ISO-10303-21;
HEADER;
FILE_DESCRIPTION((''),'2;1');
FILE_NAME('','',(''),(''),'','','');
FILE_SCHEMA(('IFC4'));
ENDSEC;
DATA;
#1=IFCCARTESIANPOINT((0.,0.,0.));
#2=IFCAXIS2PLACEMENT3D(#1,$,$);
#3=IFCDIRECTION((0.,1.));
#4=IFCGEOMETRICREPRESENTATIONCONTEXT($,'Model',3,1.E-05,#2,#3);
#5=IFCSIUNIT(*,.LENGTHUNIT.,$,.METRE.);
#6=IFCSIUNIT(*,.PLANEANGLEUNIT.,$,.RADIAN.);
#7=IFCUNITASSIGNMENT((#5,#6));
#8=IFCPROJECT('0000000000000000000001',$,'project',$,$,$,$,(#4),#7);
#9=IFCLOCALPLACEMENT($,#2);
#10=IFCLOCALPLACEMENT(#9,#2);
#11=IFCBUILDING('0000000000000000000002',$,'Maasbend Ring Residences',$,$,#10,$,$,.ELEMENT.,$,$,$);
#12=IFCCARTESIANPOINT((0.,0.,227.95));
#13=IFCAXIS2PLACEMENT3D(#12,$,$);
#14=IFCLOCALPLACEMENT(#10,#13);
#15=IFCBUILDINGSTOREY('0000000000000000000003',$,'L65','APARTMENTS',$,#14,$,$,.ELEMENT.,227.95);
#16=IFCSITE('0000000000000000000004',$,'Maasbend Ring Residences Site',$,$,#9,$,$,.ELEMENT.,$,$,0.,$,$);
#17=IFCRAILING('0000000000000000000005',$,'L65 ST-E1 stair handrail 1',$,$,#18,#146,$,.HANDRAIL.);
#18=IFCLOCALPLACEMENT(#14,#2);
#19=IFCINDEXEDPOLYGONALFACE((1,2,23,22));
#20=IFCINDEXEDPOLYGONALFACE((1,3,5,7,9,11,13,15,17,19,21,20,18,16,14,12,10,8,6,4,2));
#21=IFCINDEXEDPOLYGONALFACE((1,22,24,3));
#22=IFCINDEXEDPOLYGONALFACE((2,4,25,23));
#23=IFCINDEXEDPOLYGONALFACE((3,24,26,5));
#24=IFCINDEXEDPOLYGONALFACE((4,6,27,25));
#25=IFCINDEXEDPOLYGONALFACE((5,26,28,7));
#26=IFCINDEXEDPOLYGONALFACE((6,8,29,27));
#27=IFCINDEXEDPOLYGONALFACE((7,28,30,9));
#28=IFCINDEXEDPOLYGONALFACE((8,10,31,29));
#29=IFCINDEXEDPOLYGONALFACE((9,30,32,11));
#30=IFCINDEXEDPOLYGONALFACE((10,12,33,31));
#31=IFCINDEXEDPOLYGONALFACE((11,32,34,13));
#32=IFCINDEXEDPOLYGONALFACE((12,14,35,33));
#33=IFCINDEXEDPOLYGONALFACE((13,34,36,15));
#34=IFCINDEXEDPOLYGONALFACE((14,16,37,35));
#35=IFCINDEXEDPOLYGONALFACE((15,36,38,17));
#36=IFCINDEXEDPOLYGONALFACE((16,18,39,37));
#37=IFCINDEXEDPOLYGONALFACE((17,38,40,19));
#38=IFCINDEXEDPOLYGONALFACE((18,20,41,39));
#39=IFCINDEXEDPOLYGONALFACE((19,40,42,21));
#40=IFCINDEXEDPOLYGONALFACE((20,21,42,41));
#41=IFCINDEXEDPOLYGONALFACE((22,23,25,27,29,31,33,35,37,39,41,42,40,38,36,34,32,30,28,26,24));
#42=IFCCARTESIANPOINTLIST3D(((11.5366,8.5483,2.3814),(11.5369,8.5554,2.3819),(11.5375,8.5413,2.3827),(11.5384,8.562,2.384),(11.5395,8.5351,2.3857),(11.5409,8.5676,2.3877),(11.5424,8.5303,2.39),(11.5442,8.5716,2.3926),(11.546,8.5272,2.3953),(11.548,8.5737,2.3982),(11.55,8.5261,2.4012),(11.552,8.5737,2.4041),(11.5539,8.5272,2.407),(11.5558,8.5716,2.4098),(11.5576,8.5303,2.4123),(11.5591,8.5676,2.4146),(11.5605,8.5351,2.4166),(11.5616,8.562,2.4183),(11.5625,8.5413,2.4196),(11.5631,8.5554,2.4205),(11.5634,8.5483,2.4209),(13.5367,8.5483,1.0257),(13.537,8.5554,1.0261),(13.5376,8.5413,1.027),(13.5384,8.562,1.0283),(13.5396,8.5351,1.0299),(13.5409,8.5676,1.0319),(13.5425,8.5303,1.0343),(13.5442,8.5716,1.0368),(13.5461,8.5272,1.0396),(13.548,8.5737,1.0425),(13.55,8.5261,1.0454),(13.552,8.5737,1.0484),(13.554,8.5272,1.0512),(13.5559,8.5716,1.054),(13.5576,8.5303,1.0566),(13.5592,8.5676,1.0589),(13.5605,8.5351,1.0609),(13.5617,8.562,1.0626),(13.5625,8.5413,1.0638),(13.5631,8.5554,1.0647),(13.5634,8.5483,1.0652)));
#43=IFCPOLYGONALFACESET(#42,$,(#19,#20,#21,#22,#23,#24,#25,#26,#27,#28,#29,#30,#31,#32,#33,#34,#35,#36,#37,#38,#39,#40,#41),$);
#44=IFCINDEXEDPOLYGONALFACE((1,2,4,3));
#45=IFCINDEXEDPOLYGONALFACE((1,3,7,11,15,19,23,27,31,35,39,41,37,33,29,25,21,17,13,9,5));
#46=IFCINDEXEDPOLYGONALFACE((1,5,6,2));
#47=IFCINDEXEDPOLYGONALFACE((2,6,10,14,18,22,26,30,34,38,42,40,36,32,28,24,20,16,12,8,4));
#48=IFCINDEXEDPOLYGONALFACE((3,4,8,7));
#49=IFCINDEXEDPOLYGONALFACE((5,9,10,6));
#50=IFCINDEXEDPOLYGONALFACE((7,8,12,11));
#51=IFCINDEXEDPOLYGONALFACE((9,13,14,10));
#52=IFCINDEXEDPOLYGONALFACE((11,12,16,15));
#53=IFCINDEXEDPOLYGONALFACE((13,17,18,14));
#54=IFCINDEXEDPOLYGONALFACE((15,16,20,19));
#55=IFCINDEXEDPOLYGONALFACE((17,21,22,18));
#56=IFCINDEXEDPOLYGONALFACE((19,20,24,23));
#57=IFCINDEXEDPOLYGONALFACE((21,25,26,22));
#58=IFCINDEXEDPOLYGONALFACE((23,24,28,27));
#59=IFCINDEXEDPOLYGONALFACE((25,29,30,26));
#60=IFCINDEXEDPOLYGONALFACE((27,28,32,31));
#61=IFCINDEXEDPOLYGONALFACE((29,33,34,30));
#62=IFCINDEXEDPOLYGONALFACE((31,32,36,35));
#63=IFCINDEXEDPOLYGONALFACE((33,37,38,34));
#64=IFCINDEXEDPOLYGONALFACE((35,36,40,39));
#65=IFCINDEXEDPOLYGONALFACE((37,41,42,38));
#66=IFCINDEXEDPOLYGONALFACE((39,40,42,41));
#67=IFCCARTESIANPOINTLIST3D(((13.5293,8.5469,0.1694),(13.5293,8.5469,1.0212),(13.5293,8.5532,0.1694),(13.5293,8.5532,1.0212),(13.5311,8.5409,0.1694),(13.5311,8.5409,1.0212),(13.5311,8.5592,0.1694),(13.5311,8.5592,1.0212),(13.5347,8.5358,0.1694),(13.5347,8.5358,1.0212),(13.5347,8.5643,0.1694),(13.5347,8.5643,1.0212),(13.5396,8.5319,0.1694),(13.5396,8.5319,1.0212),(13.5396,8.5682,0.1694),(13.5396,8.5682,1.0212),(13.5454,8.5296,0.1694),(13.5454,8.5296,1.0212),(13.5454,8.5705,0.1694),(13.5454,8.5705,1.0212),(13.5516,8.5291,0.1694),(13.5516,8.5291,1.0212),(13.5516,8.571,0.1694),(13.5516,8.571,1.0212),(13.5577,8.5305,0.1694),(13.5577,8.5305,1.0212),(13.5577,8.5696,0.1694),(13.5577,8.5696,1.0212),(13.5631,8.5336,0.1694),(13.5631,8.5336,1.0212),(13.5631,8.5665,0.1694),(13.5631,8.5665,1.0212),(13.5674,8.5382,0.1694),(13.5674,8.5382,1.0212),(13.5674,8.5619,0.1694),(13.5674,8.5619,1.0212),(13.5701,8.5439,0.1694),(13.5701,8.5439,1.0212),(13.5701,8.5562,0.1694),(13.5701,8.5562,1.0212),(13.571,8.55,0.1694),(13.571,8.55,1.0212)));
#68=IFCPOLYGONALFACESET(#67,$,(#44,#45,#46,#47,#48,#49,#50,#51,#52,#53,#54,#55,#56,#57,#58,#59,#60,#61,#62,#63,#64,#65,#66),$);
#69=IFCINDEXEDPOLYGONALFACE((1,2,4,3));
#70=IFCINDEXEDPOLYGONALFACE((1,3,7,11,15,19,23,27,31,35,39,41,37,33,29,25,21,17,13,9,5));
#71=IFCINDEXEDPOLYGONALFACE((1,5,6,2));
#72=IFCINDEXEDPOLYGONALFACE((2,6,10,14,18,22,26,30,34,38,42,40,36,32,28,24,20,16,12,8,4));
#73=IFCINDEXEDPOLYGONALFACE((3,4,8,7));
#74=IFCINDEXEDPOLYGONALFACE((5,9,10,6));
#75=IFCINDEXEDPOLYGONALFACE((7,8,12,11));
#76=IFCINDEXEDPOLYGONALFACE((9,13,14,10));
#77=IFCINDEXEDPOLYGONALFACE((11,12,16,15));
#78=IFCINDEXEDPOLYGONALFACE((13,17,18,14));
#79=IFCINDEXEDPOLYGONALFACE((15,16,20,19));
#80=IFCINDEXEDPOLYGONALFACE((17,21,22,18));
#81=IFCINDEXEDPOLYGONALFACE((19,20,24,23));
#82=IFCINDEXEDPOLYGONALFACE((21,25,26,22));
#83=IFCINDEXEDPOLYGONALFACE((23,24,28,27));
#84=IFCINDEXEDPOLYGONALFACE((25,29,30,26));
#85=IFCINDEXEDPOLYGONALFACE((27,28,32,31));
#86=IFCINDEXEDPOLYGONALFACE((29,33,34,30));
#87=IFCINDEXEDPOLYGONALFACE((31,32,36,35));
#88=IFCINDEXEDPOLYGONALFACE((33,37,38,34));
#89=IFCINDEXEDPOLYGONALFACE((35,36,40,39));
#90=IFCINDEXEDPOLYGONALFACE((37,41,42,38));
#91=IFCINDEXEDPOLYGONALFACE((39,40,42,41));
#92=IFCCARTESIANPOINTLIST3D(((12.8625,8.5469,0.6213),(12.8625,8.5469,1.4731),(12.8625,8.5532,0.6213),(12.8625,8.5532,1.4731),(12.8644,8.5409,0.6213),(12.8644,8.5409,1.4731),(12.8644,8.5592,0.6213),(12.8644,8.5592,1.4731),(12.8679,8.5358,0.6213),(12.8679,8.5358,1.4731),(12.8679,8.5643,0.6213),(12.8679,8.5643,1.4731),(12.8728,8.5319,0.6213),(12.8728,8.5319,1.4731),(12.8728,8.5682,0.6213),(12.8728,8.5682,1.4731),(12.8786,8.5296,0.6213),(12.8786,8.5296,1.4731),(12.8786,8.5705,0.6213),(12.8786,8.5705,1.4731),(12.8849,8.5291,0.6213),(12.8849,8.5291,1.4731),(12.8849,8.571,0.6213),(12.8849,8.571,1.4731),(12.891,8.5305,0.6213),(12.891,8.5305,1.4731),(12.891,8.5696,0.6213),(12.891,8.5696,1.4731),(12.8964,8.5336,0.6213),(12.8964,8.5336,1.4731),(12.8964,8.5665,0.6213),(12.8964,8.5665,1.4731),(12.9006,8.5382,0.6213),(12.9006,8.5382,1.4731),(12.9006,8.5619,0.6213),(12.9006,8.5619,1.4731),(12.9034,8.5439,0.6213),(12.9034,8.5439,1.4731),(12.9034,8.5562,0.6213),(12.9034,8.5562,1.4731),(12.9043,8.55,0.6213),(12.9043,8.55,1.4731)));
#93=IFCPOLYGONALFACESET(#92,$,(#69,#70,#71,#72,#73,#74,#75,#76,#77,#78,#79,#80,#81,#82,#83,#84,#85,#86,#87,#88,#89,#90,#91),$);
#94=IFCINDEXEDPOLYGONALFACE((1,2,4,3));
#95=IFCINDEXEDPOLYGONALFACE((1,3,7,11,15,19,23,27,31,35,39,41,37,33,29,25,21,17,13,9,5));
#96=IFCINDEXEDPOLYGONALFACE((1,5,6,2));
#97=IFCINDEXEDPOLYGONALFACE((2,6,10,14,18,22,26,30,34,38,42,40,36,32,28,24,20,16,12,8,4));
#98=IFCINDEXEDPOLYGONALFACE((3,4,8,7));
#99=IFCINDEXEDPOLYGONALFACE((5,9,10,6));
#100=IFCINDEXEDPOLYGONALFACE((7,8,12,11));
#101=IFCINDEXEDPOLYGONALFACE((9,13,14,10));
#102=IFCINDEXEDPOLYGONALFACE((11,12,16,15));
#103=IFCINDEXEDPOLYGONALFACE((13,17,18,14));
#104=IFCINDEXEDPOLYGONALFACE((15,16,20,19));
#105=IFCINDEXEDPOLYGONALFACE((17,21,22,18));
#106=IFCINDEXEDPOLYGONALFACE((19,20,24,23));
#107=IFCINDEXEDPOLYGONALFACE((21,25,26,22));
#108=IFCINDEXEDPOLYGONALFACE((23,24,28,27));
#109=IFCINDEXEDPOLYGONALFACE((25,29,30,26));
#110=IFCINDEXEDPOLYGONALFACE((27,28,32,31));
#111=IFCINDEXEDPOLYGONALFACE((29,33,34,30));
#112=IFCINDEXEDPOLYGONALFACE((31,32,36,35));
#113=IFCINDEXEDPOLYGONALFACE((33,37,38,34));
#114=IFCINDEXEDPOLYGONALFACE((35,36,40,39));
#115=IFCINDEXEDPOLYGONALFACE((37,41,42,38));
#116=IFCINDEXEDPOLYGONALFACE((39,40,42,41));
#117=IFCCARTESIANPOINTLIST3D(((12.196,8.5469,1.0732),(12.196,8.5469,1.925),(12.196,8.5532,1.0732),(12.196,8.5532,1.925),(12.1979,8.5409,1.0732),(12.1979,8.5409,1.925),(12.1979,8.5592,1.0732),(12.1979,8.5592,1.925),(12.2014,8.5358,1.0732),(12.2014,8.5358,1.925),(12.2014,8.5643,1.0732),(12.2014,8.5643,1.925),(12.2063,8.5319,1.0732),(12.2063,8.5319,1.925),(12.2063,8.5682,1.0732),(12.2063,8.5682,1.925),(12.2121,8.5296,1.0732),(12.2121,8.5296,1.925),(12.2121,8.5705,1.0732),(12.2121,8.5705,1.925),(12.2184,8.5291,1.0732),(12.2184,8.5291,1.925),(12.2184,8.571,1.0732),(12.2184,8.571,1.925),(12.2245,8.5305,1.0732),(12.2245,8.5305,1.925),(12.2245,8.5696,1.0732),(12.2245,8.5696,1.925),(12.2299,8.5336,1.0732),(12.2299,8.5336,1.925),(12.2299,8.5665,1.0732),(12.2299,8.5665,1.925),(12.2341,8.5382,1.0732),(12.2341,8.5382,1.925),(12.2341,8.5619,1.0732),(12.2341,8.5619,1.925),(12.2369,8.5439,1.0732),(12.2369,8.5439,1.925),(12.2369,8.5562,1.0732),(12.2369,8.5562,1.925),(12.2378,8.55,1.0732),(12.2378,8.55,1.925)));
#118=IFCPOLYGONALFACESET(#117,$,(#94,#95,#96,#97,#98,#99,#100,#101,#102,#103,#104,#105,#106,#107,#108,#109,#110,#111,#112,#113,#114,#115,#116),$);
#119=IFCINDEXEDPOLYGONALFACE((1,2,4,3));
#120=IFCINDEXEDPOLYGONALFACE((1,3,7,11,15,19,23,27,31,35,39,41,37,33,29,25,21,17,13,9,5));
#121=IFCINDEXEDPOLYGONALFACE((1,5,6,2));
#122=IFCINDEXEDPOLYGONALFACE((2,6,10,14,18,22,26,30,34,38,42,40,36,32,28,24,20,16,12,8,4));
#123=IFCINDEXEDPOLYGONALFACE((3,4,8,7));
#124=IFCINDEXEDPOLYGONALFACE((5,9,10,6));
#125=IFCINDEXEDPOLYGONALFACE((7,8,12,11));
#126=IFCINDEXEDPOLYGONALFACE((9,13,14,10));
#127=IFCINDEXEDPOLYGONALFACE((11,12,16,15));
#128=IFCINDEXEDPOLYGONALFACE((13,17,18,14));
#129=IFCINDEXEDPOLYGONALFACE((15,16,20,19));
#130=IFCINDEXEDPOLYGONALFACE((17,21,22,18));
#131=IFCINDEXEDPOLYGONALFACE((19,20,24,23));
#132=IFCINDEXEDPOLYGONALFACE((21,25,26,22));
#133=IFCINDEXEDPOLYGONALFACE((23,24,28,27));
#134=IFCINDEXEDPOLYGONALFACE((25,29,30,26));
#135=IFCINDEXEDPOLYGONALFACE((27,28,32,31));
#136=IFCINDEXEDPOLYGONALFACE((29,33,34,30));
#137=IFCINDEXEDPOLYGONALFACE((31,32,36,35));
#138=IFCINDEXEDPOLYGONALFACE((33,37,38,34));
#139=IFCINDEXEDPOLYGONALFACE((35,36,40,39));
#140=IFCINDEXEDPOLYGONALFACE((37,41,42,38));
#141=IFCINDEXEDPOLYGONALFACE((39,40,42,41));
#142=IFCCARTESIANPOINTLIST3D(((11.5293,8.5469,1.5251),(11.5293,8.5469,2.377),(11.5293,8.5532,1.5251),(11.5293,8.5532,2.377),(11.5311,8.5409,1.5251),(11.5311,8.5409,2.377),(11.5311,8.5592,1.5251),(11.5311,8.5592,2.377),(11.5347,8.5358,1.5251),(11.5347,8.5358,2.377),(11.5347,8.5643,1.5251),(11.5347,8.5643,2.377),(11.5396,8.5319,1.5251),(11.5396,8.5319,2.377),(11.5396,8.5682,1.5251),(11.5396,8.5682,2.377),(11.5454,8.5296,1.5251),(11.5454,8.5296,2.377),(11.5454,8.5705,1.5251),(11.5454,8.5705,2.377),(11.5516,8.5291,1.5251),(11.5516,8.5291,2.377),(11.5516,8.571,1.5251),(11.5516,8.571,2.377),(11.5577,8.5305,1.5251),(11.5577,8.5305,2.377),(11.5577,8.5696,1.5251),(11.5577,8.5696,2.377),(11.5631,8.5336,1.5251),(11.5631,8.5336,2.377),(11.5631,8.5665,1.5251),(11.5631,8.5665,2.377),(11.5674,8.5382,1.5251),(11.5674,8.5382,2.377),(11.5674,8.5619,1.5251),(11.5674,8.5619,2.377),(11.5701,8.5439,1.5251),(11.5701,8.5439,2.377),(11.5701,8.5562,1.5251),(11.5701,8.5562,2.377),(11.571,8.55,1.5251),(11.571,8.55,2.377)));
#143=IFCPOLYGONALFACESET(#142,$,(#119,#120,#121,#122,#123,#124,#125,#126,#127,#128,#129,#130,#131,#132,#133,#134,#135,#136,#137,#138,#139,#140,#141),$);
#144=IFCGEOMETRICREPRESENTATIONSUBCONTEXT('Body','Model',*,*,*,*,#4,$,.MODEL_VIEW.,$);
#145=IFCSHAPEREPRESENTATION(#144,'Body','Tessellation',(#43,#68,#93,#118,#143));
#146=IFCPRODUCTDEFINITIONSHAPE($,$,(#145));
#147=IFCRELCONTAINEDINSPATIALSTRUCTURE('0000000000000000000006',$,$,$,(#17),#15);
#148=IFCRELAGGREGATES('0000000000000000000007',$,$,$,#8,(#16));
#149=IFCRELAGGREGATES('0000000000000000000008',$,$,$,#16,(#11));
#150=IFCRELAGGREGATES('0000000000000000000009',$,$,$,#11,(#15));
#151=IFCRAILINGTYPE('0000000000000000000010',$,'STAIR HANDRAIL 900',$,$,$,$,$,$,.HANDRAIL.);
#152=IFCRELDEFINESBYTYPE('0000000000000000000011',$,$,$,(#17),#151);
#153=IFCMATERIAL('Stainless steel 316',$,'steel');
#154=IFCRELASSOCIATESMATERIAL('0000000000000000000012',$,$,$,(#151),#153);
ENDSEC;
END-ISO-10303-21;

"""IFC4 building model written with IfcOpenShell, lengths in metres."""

from ifc_helpers import new_model, si_unit, direction, frame, origin, origin_2d, place, context, subcontext, project, spatial, circle, extrude, material, type_object, element, save


model = new_model("IFC4")

# Units and contexts
model_context = context("Model", 3, precision=1e-05, world=origin(), true_north=direction((0.0, 1.0)))
body_context = subcontext(model_context, "Body", "Model", "MODEL_VIEW")
ifc_project = project(units=[si_unit("LENGTHUNIT", "METRE"), si_unit("PLANEANGLEUNIT", "RADIAN")], contexts=[model_context])

# Site, building, storey
site_placement = place(None, origin())
site = spatial("IfcSite", under=ifc_project, at=site_placement, Name="Maasbend Ring Residences Site", CompositionType="ELEMENT", RefElevation=0.0)
building_placement = place(site_placement, origin())
building = spatial("IfcBuilding", under=site, at=building_placement, Name="Maasbend Ring Residences", CompositionType="ELEMENT")
storey_placement = place(building_placement, frame((0.0, 0.0, 227.95)))
storey = spatial("IfcBuildingStorey", under=building, at=storey_placement, Name="L65", Description="APARTMENTS", CompositionType="ELEMENT", Elevation=227.95)

# Railing
ifc_material_1 = material(Name="Stainless steel 316", Category="steel")
railing_type_1 = type_object("IfcRailingType", Name="STAIR HANDRAIL 900", PredefinedType="HANDRAIL", material=ifc_material_1)
railing_1_placement = place(storey_placement, frame((13.55, 8.55, 0.1694)))
element("IfcRailing", 1, at=railing_1_placement, inside=storey, type_object=railing_type_1, Name="L65 ST-E1 stair handrail 1", PredefinedType="HANDRAIL", context=body_context, shape_type="SweptSolid", body=[
    extrude(circle(Radius=0.0239, at=origin_2d()), frame((0.0, 0.0, 0.876), z_axis=(-0.827751, 0.0, 0.561096), x_axis=(0.0, -1.0, 0.0)), (0.0, 0.0, 1.0), 2.4163),
    extrude(circle(Radius=0.021, at=origin_2d()), origin(), (0.0, 0.0, 1.0), 0.8518),
    extrude(circle(Radius=0.021, at=origin_2d()), frame((-0.6667, 0.0, 0.4519)), (0.0, 0.0, 1.0), 0.8518),
    extrude(circle(Radius=0.021, at=origin_2d()), frame((-1.3333, 0.0, 0.9038)), (0.0, 0.0, 1.0), 0.8518),
    extrude(circle(Radius=0.021, at=origin_2d()), frame((-2.0, 0.0, 1.3557)), (0.0, 0.0, 1.0), 0.8518),
])

save(model, "model.ifc")
